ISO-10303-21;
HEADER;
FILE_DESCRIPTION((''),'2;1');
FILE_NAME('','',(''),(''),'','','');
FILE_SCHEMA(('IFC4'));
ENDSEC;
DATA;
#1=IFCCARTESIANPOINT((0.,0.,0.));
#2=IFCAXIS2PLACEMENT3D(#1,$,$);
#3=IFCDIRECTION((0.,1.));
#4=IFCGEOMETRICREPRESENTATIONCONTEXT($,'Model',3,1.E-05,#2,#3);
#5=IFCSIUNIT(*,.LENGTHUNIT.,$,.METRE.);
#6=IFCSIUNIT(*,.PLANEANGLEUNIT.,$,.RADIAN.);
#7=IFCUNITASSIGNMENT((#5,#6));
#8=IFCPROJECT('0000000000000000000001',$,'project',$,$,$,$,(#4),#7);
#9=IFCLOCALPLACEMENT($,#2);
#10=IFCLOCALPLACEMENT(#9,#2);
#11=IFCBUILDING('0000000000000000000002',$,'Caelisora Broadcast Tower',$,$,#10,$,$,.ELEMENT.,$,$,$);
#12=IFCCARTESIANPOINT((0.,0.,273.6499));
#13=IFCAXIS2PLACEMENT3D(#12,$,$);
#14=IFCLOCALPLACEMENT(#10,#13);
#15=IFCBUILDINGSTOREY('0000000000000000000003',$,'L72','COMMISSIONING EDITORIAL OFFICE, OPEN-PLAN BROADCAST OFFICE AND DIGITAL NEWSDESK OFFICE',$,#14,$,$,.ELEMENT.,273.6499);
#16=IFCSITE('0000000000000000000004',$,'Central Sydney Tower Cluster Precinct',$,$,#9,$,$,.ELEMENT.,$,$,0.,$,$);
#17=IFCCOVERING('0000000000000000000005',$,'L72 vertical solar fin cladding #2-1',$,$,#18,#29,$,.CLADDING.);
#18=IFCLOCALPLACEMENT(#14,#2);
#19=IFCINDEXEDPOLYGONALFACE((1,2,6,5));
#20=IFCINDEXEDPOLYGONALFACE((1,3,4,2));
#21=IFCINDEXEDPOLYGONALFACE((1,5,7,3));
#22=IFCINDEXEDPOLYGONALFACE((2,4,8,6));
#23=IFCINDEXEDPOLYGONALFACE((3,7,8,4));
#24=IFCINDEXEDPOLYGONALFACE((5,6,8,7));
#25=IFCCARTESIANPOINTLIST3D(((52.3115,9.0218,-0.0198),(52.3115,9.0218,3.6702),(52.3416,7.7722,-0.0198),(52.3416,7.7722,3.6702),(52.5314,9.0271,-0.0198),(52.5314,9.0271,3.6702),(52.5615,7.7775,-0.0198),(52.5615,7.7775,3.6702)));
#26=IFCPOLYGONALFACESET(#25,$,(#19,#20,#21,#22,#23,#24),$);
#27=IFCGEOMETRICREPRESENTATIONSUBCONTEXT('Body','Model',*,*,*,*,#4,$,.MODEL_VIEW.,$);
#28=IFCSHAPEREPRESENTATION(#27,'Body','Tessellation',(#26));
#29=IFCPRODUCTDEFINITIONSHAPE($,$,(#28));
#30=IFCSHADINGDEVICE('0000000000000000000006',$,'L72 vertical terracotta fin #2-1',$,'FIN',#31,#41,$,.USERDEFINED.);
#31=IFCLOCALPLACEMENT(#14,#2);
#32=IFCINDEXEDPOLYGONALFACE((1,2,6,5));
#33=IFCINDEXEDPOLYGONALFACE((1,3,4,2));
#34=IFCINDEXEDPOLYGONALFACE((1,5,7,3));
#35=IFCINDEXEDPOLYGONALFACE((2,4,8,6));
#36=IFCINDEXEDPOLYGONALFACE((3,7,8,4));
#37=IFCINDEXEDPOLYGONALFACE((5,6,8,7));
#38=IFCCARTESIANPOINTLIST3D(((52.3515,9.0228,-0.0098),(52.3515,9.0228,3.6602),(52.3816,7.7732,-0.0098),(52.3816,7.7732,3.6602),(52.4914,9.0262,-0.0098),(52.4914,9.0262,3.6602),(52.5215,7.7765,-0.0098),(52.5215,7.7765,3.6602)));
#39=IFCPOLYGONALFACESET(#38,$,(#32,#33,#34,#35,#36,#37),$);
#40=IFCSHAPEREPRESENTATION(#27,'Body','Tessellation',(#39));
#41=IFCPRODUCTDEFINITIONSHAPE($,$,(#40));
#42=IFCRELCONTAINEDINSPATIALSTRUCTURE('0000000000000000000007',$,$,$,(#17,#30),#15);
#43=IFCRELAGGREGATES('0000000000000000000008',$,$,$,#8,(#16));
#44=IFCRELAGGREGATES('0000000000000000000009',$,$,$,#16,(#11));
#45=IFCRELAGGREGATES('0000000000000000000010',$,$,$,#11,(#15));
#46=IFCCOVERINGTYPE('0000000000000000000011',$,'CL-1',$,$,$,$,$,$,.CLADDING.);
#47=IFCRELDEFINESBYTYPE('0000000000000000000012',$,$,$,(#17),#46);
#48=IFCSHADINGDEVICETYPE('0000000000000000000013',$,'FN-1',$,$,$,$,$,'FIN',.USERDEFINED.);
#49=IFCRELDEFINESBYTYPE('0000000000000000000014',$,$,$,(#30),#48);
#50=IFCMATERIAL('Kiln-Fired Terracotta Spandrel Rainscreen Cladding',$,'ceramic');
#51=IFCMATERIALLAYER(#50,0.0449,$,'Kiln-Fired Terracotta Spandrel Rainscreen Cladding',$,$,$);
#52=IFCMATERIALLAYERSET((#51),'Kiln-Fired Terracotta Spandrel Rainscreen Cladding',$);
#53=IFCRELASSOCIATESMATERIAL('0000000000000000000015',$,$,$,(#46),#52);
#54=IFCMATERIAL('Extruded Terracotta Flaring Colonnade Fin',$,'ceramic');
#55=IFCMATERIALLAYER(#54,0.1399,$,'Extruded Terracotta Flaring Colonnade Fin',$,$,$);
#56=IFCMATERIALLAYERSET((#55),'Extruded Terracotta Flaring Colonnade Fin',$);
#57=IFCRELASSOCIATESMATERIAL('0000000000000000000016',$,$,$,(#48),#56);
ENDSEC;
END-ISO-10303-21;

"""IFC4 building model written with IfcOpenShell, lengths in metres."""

from ifc_helpers import new_model, si_unit, direction, frame, origin, origin_2d, place, context, subcontext, project, spatial, rectangle, extrude, source, transform, mapped, material, layer, layer_set, type_object, type_shapes, element, save


model = new_model("IFC4")

# Units and contexts
model_context = context("Model", 3, precision=1e-05, world=origin(), true_north=direction((0.0, 1.0)))
body_context = subcontext(model_context, "Body", "Model", "MODEL_VIEW")
ifc_project = project(units=[si_unit("LENGTHUNIT", "METRE"), si_unit("PLANEANGLEUNIT", "RADIAN")], contexts=[model_context])

# Site, building, storey
site_placement = place(None, origin())
site = spatial("IfcSite", under=ifc_project, at=site_placement, Name="Central Sydney Tower Cluster Precinct", CompositionType="ELEMENT", RefElevation=0.0)
building_placement = place(site_placement, origin())
building = spatial("IfcBuilding", under=site, at=building_placement, Name="Caelisora Broadcast Tower", CompositionType="ELEMENT")
storey_placement = place(building_placement, frame((0.0, 0.0, 273.6499)))
storey = spatial("IfcBuildingStorey", under=building, at=storey_placement, Name="L72", Description="COMMISSIONING EDITORIAL OFFICE, OPEN-PLAN BROADCAST OFFICE AND DIGITAL NEWSDESK OFFICE", CompositionType="ELEMENT", Elevation=273.6499)

# Covering
ifc_material_1 = material(Name="Kiln-Fired Terracotta Spandrel Rainscreen Cladding", Category="ceramic")
ifc_layer_1 = layer(ifc_material_1, 0.0449, Name="Kiln-Fired Terracotta Spandrel Rainscreen Cladding")
ifc_layer_set_1 = layer_set([ifc_layer_1], Name="Kiln-Fired Terracotta Spandrel Rainscreen Cladding")
covering_type = type_object("IfcCoveringType", Name="CL-1", PredefinedType="CLADDING", material=ifc_layer_set_1)
shared_shape_1 = source(origin(), body_context, "Body", "SweptSolid", [
    extrude(rectangle(XDim=0.22, YDim=1.25, at=origin_2d()), origin(), (0.0, 0.0, 1.0), 3.6899),
])
type_shapes(covering_type, [shared_shape_1])
covering_placement = place(storey_placement, frame((52.4365, 8.3997, -0.0198), z_axis=(0.0, 0.0, 1.0), x_axis=(-0.99971, -0.024083, 0.0)))
element("IfcCovering", 1, at=covering_placement, inside=storey, type_object=covering_type, Name="L72 vertical solar fin cladding #2-1", PredefinedType="CLADDING", context=body_context, shape_type="MappedRepresentation", body=[
    mapped(shared_shape_1, transform((0.0, 0.0, 0.0), scale=1.0)),
])

# Shading device
ifc_material_2 = material(Name="Extruded Terracotta Flaring Colonnade Fin", Category="ceramic")
ifc_layer_2 = layer(ifc_material_2, 0.1399, Name="Extruded Terracotta Flaring Colonnade Fin")
ifc_layer_set_2 = layer_set([ifc_layer_2], Name="Extruded Terracotta Flaring Colonnade Fin")
shading_device_type = type_object("IfcShadingDeviceType", Name="FN-1", ElementType="FIN", PredefinedType="USERDEFINED", material=ifc_layer_set_2)
shared_shape_2 = source(origin(), body_context, "Body", "SweptSolid", [
    extrude(rectangle(XDim=0.1399, YDim=1.25, at=origin_2d()), origin(), (0.0, 0.0, 1.0), 3.6699),
])
type_shapes(shading_device_type, [shared_shape_2])
shading_device_placement = place(storey_placement, frame((52.4365, 8.3997, -0.0098), z_axis=(0.0, 0.0, 1.0), x_axis=(-0.99971, -0.024083, 0.0)))
element("IfcShadingDevice", 2, at=shading_device_placement, inside=storey, type_object=shading_device_type, Name="L72 vertical terracotta fin #2-1", ObjectType="FIN", PredefinedType="USERDEFINED", context=body_context, shape_type="MappedRepresentation", body=[
    mapped(shared_shape_2, transform((0.0, 0.0, 0.0), scale=1.0)),
])

save(model, "model.ifc")
